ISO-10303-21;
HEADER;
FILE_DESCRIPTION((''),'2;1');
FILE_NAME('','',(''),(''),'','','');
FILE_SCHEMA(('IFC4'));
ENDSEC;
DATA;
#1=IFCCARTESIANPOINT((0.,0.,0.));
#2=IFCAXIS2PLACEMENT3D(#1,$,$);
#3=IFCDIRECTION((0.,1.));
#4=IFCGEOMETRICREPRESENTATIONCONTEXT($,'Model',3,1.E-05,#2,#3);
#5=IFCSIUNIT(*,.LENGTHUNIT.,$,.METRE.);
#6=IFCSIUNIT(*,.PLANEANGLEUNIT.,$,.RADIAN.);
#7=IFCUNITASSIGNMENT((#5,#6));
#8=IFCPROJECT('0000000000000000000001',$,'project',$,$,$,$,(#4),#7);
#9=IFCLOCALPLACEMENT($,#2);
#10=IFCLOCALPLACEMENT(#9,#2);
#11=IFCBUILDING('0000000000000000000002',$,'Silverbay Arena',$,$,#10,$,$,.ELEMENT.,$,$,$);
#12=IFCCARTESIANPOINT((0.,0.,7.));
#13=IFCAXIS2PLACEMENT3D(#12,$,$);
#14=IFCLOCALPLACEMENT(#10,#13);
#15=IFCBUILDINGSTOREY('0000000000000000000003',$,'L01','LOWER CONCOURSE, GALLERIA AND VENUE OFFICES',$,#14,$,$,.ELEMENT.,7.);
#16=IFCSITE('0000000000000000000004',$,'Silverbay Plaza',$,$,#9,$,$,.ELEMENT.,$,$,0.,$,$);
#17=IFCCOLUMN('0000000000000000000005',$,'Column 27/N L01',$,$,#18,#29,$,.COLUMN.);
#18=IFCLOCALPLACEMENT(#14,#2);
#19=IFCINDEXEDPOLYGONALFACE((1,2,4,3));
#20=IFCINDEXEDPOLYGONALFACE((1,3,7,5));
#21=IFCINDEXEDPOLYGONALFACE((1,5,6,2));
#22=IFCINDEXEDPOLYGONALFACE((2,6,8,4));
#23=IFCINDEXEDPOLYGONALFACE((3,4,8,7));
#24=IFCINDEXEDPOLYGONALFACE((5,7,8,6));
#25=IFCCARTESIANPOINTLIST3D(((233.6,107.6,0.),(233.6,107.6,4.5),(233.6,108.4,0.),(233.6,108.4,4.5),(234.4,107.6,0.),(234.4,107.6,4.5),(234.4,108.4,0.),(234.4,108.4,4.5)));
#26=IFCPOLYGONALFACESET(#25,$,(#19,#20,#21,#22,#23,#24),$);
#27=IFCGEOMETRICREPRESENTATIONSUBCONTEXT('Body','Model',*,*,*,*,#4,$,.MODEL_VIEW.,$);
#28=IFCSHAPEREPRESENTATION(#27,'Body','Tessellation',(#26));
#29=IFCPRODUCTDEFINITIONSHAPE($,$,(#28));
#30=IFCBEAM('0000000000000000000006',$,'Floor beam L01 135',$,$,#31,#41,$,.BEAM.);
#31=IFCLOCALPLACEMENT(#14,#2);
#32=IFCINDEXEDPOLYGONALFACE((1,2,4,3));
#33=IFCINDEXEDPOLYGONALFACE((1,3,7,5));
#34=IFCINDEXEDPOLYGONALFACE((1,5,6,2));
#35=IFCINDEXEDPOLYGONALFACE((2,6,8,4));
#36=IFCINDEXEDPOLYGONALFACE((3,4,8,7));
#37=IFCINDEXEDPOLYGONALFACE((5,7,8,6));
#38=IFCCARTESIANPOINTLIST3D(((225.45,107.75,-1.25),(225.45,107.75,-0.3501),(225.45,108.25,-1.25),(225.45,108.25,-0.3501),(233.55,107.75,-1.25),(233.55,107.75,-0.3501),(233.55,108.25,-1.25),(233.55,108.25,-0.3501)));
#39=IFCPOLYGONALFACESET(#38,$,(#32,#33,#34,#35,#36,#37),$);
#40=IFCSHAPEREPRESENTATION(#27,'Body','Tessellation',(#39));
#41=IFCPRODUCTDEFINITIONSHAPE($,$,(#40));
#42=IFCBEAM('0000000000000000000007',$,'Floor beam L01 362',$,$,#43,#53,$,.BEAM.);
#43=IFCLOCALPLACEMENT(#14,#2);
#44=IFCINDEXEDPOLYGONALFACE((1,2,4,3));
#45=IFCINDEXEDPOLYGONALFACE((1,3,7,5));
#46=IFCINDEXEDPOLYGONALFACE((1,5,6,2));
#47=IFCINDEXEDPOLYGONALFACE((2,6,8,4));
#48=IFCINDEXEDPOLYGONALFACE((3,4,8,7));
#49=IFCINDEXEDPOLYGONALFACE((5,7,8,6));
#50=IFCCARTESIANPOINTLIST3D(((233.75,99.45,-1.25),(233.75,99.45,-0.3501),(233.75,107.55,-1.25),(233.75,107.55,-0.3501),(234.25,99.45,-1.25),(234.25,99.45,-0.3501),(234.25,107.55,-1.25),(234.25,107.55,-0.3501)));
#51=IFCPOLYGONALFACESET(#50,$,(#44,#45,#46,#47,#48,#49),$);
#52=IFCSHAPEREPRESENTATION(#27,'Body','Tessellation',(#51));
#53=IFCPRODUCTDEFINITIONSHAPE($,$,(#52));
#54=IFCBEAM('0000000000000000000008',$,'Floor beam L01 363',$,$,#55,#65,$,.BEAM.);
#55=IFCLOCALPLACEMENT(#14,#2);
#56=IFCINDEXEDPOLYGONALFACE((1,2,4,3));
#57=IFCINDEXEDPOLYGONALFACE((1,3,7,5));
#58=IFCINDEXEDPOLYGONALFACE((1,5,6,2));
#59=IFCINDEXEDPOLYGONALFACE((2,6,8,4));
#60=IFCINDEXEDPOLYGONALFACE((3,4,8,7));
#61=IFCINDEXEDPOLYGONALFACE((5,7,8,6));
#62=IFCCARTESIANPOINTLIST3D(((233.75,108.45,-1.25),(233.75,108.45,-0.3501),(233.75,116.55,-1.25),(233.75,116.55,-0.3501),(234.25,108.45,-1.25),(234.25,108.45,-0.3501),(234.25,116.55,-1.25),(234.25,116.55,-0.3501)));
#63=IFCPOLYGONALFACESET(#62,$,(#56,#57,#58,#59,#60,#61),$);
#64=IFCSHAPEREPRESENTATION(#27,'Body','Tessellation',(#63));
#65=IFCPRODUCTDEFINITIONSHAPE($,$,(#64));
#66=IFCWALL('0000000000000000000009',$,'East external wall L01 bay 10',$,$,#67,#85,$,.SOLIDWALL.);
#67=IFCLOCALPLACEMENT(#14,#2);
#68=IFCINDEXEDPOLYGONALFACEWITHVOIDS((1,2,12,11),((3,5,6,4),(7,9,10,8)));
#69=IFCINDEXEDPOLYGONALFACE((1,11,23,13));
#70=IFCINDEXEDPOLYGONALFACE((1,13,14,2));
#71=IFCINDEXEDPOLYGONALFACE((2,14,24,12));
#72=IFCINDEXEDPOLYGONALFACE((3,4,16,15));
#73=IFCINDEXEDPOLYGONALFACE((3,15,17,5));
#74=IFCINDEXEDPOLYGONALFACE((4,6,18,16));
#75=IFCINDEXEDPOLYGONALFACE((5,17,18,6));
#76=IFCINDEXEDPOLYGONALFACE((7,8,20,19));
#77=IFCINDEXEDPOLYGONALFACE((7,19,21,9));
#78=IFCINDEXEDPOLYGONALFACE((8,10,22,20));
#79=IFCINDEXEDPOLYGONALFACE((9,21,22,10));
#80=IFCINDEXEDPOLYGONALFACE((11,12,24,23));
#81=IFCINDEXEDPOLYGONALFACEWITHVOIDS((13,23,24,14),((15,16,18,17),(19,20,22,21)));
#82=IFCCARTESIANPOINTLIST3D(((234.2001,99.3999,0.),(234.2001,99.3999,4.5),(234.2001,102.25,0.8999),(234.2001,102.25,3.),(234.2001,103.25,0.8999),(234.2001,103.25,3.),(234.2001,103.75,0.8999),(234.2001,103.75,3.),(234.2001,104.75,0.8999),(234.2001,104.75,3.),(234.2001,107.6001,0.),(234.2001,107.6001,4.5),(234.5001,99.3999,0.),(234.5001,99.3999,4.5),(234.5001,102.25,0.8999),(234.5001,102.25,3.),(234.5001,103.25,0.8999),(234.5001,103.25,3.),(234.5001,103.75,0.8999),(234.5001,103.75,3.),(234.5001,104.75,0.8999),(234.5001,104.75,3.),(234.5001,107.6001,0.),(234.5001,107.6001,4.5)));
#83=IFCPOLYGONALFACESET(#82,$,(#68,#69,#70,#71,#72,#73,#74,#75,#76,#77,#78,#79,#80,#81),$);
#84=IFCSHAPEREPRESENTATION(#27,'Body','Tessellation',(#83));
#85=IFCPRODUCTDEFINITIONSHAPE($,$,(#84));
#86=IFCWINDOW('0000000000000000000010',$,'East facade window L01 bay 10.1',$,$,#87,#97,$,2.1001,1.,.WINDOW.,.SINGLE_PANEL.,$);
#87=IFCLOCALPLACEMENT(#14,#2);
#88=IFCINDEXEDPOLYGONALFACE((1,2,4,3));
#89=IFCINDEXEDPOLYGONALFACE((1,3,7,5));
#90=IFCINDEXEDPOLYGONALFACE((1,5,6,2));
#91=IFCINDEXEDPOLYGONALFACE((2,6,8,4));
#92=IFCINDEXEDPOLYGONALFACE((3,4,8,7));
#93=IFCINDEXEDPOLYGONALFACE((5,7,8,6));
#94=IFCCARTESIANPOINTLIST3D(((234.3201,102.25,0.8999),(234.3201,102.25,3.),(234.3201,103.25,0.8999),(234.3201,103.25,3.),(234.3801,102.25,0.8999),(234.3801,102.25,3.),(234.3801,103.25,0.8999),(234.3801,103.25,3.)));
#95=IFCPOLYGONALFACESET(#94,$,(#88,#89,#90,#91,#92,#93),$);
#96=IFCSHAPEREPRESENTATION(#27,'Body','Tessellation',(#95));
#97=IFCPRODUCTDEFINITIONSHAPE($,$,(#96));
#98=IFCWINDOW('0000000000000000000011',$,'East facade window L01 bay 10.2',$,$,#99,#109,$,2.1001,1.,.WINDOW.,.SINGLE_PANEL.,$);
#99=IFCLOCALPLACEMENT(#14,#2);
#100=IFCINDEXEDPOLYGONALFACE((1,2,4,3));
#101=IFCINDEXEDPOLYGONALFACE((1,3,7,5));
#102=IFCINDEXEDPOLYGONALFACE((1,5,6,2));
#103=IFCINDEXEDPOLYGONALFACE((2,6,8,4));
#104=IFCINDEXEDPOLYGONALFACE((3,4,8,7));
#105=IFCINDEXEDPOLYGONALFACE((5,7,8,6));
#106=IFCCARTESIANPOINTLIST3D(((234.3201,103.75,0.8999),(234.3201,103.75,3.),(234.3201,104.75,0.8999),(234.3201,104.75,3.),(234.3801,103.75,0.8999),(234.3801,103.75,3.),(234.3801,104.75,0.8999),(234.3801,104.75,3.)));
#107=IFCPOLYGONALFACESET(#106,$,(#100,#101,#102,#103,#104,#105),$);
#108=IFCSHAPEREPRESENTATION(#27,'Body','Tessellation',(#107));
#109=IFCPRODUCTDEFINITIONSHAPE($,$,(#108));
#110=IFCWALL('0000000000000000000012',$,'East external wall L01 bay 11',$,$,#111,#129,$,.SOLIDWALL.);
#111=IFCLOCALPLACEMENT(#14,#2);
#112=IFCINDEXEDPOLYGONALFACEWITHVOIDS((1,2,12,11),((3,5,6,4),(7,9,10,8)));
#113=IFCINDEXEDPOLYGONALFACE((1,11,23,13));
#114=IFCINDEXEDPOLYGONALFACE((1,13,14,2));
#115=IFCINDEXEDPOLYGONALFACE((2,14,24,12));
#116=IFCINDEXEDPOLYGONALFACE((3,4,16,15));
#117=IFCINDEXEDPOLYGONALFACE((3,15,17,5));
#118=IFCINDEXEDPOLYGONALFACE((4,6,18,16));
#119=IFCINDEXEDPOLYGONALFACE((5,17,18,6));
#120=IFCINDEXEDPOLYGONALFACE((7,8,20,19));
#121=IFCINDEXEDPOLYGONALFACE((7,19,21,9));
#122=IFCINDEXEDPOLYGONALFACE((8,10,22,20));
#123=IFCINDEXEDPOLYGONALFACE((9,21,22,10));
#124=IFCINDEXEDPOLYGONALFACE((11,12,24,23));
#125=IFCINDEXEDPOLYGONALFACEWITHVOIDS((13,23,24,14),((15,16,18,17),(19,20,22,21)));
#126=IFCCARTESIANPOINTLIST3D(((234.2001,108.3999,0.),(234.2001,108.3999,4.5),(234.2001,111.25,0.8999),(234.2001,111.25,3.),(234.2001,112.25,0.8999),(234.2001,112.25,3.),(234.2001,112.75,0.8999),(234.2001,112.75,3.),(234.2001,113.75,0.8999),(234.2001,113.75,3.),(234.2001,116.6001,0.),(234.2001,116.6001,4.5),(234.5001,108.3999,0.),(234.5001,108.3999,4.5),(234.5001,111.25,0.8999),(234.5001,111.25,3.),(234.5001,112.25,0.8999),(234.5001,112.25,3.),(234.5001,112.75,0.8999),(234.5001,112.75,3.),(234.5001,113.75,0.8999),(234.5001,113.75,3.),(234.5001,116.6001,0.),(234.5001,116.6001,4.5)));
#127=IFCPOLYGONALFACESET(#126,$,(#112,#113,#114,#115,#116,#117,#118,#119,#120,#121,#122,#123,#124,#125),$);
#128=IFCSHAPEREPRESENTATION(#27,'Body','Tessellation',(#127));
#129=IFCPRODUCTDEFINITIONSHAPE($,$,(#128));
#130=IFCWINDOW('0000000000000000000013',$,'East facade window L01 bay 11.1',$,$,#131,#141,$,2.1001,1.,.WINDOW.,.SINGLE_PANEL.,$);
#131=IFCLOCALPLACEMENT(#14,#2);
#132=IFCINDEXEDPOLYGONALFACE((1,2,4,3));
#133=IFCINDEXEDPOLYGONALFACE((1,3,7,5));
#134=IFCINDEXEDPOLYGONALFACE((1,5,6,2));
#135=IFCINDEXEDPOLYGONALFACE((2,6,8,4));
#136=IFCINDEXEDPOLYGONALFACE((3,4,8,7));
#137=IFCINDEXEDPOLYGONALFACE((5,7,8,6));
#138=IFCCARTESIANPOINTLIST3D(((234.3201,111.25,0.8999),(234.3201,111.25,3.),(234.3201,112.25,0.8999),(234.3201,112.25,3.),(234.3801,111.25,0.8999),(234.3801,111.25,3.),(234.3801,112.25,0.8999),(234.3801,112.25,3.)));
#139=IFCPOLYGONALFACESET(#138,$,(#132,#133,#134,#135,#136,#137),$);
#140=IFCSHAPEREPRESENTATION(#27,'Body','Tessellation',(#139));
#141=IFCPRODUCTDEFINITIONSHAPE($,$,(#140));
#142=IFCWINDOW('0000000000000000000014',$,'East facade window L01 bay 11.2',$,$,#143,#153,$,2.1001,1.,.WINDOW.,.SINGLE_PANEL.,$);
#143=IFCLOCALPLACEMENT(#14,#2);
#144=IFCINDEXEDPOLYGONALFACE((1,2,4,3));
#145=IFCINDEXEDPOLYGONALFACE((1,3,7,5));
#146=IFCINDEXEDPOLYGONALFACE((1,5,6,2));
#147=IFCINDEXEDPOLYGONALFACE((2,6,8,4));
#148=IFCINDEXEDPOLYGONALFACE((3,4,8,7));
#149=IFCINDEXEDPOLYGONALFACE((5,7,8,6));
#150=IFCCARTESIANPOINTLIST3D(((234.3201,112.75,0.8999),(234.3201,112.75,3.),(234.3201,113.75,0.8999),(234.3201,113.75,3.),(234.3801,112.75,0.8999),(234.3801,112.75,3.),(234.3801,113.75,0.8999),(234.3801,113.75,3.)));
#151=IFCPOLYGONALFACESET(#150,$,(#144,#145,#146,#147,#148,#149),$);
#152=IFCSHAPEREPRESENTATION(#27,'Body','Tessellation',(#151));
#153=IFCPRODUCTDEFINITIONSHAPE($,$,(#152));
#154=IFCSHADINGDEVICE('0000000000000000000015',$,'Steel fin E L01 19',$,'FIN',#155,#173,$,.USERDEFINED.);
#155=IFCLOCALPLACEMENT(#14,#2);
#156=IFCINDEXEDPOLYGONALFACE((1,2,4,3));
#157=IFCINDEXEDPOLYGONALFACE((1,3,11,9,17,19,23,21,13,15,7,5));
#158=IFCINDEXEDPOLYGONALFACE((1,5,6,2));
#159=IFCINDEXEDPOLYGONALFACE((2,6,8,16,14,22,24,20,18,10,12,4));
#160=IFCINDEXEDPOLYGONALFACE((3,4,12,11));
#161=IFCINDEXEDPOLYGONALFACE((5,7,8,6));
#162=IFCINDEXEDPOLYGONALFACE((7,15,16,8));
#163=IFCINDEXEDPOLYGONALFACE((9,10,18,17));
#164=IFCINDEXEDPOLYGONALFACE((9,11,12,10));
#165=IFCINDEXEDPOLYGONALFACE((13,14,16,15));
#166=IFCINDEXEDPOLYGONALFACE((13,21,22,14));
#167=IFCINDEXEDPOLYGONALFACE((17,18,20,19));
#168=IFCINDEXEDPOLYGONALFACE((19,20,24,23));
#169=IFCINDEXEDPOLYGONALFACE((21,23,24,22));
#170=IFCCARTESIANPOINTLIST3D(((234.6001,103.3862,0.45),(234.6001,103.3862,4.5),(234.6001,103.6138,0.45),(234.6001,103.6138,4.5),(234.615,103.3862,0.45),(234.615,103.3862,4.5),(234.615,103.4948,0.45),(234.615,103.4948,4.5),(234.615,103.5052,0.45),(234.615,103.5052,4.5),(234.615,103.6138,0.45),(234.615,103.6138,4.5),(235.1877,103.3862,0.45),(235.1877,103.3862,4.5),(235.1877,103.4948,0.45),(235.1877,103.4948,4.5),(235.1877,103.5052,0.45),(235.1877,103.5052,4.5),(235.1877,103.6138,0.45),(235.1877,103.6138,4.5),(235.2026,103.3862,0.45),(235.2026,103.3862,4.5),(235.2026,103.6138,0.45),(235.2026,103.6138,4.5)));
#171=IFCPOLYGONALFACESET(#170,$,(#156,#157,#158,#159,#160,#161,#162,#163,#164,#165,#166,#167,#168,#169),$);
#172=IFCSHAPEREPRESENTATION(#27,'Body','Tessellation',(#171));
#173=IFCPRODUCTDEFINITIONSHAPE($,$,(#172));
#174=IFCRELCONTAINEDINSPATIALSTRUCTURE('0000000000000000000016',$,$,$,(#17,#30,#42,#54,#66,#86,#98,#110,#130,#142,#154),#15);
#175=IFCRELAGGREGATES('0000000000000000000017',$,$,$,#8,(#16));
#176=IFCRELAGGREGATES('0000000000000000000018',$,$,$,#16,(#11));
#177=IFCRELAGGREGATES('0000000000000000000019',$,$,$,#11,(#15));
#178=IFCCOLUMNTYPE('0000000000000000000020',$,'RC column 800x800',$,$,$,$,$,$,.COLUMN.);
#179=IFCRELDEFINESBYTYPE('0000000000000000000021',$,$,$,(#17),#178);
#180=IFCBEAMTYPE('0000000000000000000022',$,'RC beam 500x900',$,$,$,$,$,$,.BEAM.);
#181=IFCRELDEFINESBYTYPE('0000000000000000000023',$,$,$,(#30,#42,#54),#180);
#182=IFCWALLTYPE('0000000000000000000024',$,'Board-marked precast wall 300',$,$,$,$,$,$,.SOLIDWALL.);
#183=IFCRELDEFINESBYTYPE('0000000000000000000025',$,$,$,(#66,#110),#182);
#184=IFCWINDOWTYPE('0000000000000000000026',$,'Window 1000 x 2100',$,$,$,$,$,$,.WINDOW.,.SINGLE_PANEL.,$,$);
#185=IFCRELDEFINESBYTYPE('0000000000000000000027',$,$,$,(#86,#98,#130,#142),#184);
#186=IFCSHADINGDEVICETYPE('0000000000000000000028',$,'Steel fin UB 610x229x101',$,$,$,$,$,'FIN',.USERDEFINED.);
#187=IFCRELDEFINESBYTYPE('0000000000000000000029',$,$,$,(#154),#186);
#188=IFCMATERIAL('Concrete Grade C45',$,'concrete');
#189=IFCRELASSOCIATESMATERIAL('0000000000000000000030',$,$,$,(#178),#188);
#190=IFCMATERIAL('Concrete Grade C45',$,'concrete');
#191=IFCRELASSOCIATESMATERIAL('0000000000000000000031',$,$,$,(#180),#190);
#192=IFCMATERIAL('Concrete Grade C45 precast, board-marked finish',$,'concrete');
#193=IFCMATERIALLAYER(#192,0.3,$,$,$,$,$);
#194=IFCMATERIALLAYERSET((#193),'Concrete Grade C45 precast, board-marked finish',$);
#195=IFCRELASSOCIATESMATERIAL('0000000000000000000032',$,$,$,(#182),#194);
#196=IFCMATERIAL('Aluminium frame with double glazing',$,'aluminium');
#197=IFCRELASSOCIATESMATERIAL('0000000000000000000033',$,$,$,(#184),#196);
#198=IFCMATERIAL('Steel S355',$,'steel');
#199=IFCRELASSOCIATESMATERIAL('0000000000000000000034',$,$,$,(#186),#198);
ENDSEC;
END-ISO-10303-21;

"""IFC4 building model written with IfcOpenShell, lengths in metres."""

from ifc_helpers import new_model, si_unit, direction, frame, frame_2d, origin, origin_2d, place, context, subcontext, project, spatial, rectangle, i_section, extrude, material, layer, layer_set, material_profile, profile_set, type_object, element, fill, save


model = new_model("IFC4")

# Units and contexts
model_context = context("Model", 3, precision=1e-05, world=origin(), true_north=direction((0.0, 1.0)))
body_context = subcontext(model_context, "Body", "Model", "MODEL_VIEW")
ifc_project = project(units=[si_unit("LENGTHUNIT", "METRE"), si_unit("PLANEANGLEUNIT", "RADIAN")], contexts=[model_context])

# Site, building, storey
site_placement = place(None, origin())
site = spatial("IfcSite", under=ifc_project, at=site_placement, Name="Silverbay Plaza", CompositionType="ELEMENT", RefElevation=0.0)
building_placement = place(site_placement, origin())
building = spatial("IfcBuilding", under=site, at=building_placement, Name="Silverbay Arena", CompositionType="ELEMENT")
storey_placement = place(building_placement, frame((0.0, 0.0, 7.0)))
storey = spatial("IfcBuildingStorey", under=building, at=storey_placement, Name="L01", Description="LOWER CONCOURSE, GALLERIA AND VENUE OFFICES", CompositionType="ELEMENT", Elevation=7.0)

# Column
ifc_material_1 = material(Name="Concrete Grade C45", Category="concrete")
ifc_material_profile_1 = material_profile(ifc_material_1, rectangle(XDim=0.8, YDim=0.8, at=origin_2d()), Name="RC 800x800")
ifc_profile_set_1 = profile_set([ifc_material_profile_1], Name="Concrete Grade C45")
column_type = type_object("IfcColumnType", Name="RC column 800x800", PredefinedType="COLUMN", material=ifc_profile_set_1)
column_placement = place(storey_placement, frame((234.0, 108.0, 0.0), z_axis=(0.0, 0.0, 1.0), x_axis=(1.0, 0.0, 0.0)))
element("IfcColumn", 1, at=column_placement, inside=storey, type_object=column_type, Name="Column 27/N L01", PredefinedType="COLUMN", context=body_context, shape_type="SweptSolid", body=[
    extrude(rectangle(XDim=0.8, YDim=0.8, at=origin_2d()), origin(), (0.0, 0.0, 1.0), 4.5),
])

# Beams
ifc_material_2 = material(Name="Concrete Grade C45", Category="concrete")
ifc_material_profile_2 = material_profile(ifc_material_2, rectangle(XDim=0.5, YDim=0.8999, at=origin_2d()), Name="RC 500x900")
ifc_profile_set_2 = profile_set([ifc_material_profile_2], Name="Concrete Grade C45")
beam_type = type_object("IfcBeamType", Name="RC beam 500x900", PredefinedType="BEAM", material=ifc_profile_set_2)
for number, where, z_axis, x_axis, name in (
    (2, (225.45, 108.0, -0.8), (1.0, 0.0, 0.0), (0.0, 1.0, 0.0), "Floor beam L01 135"),
    (3, (234.0, 99.45, -0.8), (0.0, 1.0, 0.0), (-1.0, 0.0, 0.0), "Floor beam L01 362"),
    (4, (234.0, 108.45, -0.8), (0.0, 1.0, 0.0), (-1.0, 0.0, 0.0), "Floor beam L01 363"),
):
    element("IfcBeam", number, at=place(storey_placement, frame(where, z_axis=z_axis, x_axis=x_axis)), inside=storey, type_object=beam_type, Name=name, PredefinedType="BEAM", context=body_context, shape_type="SweptSolid", body=[
        extrude(rectangle(XDim=0.5, YDim=0.8999, at=origin_2d()), origin(), (0.0, 0.0, 1.0), 8.1001),
    ])

# Walls, openings, windows
ifc_material_3 = material(Name="Concrete Grade C45 precast, board-marked finish", Category="concrete")
ifc_layer = layer(ifc_material_3, 0.3)
ifc_layer_set = layer_set([ifc_layer], Name="Concrete Grade C45 precast, board-marked finish")
wall_type = type_object("IfcWallType", Name="Board-marked precast wall 300", PredefinedType="SOLIDWALL", material=ifc_layer_set)
wall_1_placement = place(storey_placement, frame((234.3501, 99.3999, 0.0), z_axis=(0.0, 0.0, 1.0), x_axis=(0.0, 1.0, 0.0)))
wall_1 = element("IfcWall", 5, at=wall_1_placement, inside=storey, type_object=wall_type, Name="East external wall L01 bay 10", PredefinedType="SOLIDWALL", context=body_context, shape_type="SweptSolid", body=[
    extrude(rectangle(XDim=8.2002, YDim=0.3, at=frame_2d((4.1001, 0.0))), origin(), (0.0, 0.0, 1.0), 4.5),
])
opening_1_placement = place(wall_1_placement, frame((2.8501, 0.0, 0.8999)))
opening_1 = element("IfcOpeningElement", 6, at=opening_1_placement, cuts=wall_1, PredefinedType="OPENING", context=body_context, shape_type="SweptSolid", body=[
    extrude(rectangle(XDim=1.0, YDim=2.1001, at=frame_2d((0.5, 1.05))), frame((0.0, 0.1602, 0.0), z_axis=(0.0, -1.0, 0.0), x_axis=(1.0, 0.0, 0.0)), (0.0, 0.0, 1.0), 0.3201),
])
opening_2_placement = place(wall_1_placement, frame((4.3501, 0.0, 0.8999)))
opening_2 = element("IfcOpeningElement", 7, at=opening_2_placement, cuts=wall_1, PredefinedType="OPENING", context=body_context, shape_type="SweptSolid", body=[
    extrude(rectangle(XDim=1.0, YDim=2.1001, at=frame_2d((0.5, 1.05))), frame((0.0, 0.1602, 0.0), z_axis=(0.0, -1.0, 0.0), x_axis=(1.0, 0.0, 0.0)), (0.0, 0.0, 1.0), 0.3201),
])
ifc_material_4 = material(Name="Aluminium frame with double glazing", Category="aluminium")
window_type = type_object("IfcWindowType", Name="Window 1000 x 2100", PartitioningType="SINGLE_PANEL", PredefinedType="WINDOW", material=ifc_material_4)
window_1_placement = place(opening_1_placement, origin())
window_1 = element("IfcWindow", 8, at=window_1_placement, inside=storey, type_object=window_type, Name="East facade window L01 bay 10.1", OverallHeight=2.1001, OverallWidth=1.0, PartitioningType="SINGLE_PANEL", PredefinedType="WINDOW", context=body_context, shape_type="SweptSolid", body=[
    extrude(rectangle(XDim=1.0, YDim=2.1001, at=frame_2d((0.5, 1.05))), frame((0.0, 0.03, 0.0), z_axis=(0.0, -1.0, 0.0), x_axis=(1.0, 0.0, 0.0)), (0.0, 0.0, 1.0), 0.0601),
])
fill(opening_1, window_1)
window_2_placement = place(opening_2_placement, origin())
window_2 = element("IfcWindow", 9, at=window_2_placement, inside=storey, type_object=window_type, Name="East facade window L01 bay 10.2", OverallHeight=2.1001, OverallWidth=1.0, PartitioningType="SINGLE_PANEL", PredefinedType="WINDOW", context=body_context, shape_type="SweptSolid", body=[
    extrude(rectangle(XDim=1.0, YDim=2.1001, at=frame_2d((0.5, 1.05))), frame((0.0, 0.03, 0.0), z_axis=(0.0, -1.0, 0.0), x_axis=(1.0, 0.0, 0.0)), (0.0, 0.0, 1.0), 0.0601),
])
fill(opening_2, window_2)
wall_2_placement = place(storey_placement, frame((234.3501, 108.3999, 0.0), z_axis=(0.0, 0.0, 1.0), x_axis=(0.0, 1.0, 0.0)))
wall_2 = element("IfcWall", 10, at=wall_2_placement, inside=storey, type_object=wall_type, Name="East external wall L01 bay 11", PredefinedType="SOLIDWALL", context=body_context, shape_type="SweptSolid", body=[
    extrude(rectangle(XDim=8.2002, YDim=0.3, at=frame_2d((4.1001, 0.0))), origin(), (0.0, 0.0, 1.0), 4.5),
])
opening_3_placement = place(wall_2_placement, frame((2.8501, 0.0, 0.8999)))
opening_3 = element("IfcOpeningElement", 11, at=opening_3_placement, cuts=wall_2, PredefinedType="OPENING", context=body_context, shape_type="SweptSolid", body=[
    extrude(rectangle(XDim=1.0, YDim=2.1001, at=frame_2d((0.5, 1.05))), frame((0.0, 0.1602, 0.0), z_axis=(0.0, -1.0, 0.0), x_axis=(1.0, 0.0, 0.0)), (0.0, 0.0, 1.0), 0.3201),
])
opening_4_placement = place(wall_2_placement, frame((4.3501, 0.0, 0.8999)))
opening_4 = element("IfcOpeningElement", 12, at=opening_4_placement, cuts=wall_2, PredefinedType="OPENING", context=body_context, shape_type="SweptSolid", body=[
    extrude(rectangle(XDim=1.0, YDim=2.1001, at=frame_2d((0.5, 1.05))), frame((0.0, 0.1602, 0.0), z_axis=(0.0, -1.0, 0.0), x_axis=(1.0, 0.0, 0.0)), (0.0, 0.0, 1.0), 0.3201),
])
window_3_placement = place(opening_3_placement, origin())
window_3 = element("IfcWindow", 13, at=window_3_placement, inside=storey, type_object=window_type, Name="East facade window L01 bay 11.1", OverallHeight=2.1001, OverallWidth=1.0, PartitioningType="SINGLE_PANEL", PredefinedType="WINDOW", context=body_context, shape_type="SweptSolid", body=[
    extrude(rectangle(XDim=1.0, YDim=2.1001, at=frame_2d((0.5, 1.05))), frame((0.0, 0.03, 0.0), z_axis=(0.0, -1.0, 0.0), x_axis=(1.0, 0.0, 0.0)), (0.0, 0.0, 1.0), 0.0601),
])
fill(opening_3, window_3)
window_4_placement = place(opening_4_placement, origin())
window_4 = element("IfcWindow", 14, at=window_4_placement, inside=storey, type_object=window_type, Name="East facade window L01 bay 11.2", OverallHeight=2.1001, OverallWidth=1.0, PartitioningType="SINGLE_PANEL", PredefinedType="WINDOW", context=body_context, shape_type="SweptSolid", body=[
    extrude(rectangle(XDim=1.0, YDim=2.1001, at=frame_2d((0.5, 1.05))), frame((0.0, 0.03, 0.0), z_axis=(0.0, -1.0, 0.0), x_axis=(1.0, 0.0, 0.0)), (0.0, 0.0, 1.0), 0.0601),
])
fill(opening_4, window_4)

# Shading device
ifc_material_5 = material(Name="Steel S355", Category="steel")
ifc_material_profile_3 = material_profile(ifc_material_5, i_section(OverallWidth=0.2275, OverallDepth=0.6025, WebThickness=0.0105, FlangeThickness=0.0149, at=origin_2d()), Name="UB 610x229x101")
ifc_profile_set_3 = profile_set([ifc_material_profile_3], Name="Steel S355")
shading_device_type = type_object("IfcShadingDeviceType", Name="Steel fin UB 610x229x101", ElementType="FIN", PredefinedType="USERDEFINED", material=ifc_profile_set_3)
for number, where, z_axis, x_axis, name in (
    (15, (234.9014, 103.5, 0.45), (0.0, 0.0, 1.0), (0.0, 1.0, 0.0), "Steel fin E L01 19"),
):
    element("IfcShadingDevice", number, at=place(storey_placement, frame(where, z_axis=z_axis, x_axis=x_axis)), inside=storey, type_object=shading_device_type, Name=name, ObjectType="FIN", PredefinedType="USERDEFINED", context=body_context, shape_type="SweptSolid", body=[
        extrude(i_section(OverallWidth=0.2275, OverallDepth=0.6025, WebThickness=0.0105, FlangeThickness=0.0149, at=origin_2d()), origin(), (0.0, 0.0, 1.0), 4.05),
    ])

save(model, "model.ifc")
